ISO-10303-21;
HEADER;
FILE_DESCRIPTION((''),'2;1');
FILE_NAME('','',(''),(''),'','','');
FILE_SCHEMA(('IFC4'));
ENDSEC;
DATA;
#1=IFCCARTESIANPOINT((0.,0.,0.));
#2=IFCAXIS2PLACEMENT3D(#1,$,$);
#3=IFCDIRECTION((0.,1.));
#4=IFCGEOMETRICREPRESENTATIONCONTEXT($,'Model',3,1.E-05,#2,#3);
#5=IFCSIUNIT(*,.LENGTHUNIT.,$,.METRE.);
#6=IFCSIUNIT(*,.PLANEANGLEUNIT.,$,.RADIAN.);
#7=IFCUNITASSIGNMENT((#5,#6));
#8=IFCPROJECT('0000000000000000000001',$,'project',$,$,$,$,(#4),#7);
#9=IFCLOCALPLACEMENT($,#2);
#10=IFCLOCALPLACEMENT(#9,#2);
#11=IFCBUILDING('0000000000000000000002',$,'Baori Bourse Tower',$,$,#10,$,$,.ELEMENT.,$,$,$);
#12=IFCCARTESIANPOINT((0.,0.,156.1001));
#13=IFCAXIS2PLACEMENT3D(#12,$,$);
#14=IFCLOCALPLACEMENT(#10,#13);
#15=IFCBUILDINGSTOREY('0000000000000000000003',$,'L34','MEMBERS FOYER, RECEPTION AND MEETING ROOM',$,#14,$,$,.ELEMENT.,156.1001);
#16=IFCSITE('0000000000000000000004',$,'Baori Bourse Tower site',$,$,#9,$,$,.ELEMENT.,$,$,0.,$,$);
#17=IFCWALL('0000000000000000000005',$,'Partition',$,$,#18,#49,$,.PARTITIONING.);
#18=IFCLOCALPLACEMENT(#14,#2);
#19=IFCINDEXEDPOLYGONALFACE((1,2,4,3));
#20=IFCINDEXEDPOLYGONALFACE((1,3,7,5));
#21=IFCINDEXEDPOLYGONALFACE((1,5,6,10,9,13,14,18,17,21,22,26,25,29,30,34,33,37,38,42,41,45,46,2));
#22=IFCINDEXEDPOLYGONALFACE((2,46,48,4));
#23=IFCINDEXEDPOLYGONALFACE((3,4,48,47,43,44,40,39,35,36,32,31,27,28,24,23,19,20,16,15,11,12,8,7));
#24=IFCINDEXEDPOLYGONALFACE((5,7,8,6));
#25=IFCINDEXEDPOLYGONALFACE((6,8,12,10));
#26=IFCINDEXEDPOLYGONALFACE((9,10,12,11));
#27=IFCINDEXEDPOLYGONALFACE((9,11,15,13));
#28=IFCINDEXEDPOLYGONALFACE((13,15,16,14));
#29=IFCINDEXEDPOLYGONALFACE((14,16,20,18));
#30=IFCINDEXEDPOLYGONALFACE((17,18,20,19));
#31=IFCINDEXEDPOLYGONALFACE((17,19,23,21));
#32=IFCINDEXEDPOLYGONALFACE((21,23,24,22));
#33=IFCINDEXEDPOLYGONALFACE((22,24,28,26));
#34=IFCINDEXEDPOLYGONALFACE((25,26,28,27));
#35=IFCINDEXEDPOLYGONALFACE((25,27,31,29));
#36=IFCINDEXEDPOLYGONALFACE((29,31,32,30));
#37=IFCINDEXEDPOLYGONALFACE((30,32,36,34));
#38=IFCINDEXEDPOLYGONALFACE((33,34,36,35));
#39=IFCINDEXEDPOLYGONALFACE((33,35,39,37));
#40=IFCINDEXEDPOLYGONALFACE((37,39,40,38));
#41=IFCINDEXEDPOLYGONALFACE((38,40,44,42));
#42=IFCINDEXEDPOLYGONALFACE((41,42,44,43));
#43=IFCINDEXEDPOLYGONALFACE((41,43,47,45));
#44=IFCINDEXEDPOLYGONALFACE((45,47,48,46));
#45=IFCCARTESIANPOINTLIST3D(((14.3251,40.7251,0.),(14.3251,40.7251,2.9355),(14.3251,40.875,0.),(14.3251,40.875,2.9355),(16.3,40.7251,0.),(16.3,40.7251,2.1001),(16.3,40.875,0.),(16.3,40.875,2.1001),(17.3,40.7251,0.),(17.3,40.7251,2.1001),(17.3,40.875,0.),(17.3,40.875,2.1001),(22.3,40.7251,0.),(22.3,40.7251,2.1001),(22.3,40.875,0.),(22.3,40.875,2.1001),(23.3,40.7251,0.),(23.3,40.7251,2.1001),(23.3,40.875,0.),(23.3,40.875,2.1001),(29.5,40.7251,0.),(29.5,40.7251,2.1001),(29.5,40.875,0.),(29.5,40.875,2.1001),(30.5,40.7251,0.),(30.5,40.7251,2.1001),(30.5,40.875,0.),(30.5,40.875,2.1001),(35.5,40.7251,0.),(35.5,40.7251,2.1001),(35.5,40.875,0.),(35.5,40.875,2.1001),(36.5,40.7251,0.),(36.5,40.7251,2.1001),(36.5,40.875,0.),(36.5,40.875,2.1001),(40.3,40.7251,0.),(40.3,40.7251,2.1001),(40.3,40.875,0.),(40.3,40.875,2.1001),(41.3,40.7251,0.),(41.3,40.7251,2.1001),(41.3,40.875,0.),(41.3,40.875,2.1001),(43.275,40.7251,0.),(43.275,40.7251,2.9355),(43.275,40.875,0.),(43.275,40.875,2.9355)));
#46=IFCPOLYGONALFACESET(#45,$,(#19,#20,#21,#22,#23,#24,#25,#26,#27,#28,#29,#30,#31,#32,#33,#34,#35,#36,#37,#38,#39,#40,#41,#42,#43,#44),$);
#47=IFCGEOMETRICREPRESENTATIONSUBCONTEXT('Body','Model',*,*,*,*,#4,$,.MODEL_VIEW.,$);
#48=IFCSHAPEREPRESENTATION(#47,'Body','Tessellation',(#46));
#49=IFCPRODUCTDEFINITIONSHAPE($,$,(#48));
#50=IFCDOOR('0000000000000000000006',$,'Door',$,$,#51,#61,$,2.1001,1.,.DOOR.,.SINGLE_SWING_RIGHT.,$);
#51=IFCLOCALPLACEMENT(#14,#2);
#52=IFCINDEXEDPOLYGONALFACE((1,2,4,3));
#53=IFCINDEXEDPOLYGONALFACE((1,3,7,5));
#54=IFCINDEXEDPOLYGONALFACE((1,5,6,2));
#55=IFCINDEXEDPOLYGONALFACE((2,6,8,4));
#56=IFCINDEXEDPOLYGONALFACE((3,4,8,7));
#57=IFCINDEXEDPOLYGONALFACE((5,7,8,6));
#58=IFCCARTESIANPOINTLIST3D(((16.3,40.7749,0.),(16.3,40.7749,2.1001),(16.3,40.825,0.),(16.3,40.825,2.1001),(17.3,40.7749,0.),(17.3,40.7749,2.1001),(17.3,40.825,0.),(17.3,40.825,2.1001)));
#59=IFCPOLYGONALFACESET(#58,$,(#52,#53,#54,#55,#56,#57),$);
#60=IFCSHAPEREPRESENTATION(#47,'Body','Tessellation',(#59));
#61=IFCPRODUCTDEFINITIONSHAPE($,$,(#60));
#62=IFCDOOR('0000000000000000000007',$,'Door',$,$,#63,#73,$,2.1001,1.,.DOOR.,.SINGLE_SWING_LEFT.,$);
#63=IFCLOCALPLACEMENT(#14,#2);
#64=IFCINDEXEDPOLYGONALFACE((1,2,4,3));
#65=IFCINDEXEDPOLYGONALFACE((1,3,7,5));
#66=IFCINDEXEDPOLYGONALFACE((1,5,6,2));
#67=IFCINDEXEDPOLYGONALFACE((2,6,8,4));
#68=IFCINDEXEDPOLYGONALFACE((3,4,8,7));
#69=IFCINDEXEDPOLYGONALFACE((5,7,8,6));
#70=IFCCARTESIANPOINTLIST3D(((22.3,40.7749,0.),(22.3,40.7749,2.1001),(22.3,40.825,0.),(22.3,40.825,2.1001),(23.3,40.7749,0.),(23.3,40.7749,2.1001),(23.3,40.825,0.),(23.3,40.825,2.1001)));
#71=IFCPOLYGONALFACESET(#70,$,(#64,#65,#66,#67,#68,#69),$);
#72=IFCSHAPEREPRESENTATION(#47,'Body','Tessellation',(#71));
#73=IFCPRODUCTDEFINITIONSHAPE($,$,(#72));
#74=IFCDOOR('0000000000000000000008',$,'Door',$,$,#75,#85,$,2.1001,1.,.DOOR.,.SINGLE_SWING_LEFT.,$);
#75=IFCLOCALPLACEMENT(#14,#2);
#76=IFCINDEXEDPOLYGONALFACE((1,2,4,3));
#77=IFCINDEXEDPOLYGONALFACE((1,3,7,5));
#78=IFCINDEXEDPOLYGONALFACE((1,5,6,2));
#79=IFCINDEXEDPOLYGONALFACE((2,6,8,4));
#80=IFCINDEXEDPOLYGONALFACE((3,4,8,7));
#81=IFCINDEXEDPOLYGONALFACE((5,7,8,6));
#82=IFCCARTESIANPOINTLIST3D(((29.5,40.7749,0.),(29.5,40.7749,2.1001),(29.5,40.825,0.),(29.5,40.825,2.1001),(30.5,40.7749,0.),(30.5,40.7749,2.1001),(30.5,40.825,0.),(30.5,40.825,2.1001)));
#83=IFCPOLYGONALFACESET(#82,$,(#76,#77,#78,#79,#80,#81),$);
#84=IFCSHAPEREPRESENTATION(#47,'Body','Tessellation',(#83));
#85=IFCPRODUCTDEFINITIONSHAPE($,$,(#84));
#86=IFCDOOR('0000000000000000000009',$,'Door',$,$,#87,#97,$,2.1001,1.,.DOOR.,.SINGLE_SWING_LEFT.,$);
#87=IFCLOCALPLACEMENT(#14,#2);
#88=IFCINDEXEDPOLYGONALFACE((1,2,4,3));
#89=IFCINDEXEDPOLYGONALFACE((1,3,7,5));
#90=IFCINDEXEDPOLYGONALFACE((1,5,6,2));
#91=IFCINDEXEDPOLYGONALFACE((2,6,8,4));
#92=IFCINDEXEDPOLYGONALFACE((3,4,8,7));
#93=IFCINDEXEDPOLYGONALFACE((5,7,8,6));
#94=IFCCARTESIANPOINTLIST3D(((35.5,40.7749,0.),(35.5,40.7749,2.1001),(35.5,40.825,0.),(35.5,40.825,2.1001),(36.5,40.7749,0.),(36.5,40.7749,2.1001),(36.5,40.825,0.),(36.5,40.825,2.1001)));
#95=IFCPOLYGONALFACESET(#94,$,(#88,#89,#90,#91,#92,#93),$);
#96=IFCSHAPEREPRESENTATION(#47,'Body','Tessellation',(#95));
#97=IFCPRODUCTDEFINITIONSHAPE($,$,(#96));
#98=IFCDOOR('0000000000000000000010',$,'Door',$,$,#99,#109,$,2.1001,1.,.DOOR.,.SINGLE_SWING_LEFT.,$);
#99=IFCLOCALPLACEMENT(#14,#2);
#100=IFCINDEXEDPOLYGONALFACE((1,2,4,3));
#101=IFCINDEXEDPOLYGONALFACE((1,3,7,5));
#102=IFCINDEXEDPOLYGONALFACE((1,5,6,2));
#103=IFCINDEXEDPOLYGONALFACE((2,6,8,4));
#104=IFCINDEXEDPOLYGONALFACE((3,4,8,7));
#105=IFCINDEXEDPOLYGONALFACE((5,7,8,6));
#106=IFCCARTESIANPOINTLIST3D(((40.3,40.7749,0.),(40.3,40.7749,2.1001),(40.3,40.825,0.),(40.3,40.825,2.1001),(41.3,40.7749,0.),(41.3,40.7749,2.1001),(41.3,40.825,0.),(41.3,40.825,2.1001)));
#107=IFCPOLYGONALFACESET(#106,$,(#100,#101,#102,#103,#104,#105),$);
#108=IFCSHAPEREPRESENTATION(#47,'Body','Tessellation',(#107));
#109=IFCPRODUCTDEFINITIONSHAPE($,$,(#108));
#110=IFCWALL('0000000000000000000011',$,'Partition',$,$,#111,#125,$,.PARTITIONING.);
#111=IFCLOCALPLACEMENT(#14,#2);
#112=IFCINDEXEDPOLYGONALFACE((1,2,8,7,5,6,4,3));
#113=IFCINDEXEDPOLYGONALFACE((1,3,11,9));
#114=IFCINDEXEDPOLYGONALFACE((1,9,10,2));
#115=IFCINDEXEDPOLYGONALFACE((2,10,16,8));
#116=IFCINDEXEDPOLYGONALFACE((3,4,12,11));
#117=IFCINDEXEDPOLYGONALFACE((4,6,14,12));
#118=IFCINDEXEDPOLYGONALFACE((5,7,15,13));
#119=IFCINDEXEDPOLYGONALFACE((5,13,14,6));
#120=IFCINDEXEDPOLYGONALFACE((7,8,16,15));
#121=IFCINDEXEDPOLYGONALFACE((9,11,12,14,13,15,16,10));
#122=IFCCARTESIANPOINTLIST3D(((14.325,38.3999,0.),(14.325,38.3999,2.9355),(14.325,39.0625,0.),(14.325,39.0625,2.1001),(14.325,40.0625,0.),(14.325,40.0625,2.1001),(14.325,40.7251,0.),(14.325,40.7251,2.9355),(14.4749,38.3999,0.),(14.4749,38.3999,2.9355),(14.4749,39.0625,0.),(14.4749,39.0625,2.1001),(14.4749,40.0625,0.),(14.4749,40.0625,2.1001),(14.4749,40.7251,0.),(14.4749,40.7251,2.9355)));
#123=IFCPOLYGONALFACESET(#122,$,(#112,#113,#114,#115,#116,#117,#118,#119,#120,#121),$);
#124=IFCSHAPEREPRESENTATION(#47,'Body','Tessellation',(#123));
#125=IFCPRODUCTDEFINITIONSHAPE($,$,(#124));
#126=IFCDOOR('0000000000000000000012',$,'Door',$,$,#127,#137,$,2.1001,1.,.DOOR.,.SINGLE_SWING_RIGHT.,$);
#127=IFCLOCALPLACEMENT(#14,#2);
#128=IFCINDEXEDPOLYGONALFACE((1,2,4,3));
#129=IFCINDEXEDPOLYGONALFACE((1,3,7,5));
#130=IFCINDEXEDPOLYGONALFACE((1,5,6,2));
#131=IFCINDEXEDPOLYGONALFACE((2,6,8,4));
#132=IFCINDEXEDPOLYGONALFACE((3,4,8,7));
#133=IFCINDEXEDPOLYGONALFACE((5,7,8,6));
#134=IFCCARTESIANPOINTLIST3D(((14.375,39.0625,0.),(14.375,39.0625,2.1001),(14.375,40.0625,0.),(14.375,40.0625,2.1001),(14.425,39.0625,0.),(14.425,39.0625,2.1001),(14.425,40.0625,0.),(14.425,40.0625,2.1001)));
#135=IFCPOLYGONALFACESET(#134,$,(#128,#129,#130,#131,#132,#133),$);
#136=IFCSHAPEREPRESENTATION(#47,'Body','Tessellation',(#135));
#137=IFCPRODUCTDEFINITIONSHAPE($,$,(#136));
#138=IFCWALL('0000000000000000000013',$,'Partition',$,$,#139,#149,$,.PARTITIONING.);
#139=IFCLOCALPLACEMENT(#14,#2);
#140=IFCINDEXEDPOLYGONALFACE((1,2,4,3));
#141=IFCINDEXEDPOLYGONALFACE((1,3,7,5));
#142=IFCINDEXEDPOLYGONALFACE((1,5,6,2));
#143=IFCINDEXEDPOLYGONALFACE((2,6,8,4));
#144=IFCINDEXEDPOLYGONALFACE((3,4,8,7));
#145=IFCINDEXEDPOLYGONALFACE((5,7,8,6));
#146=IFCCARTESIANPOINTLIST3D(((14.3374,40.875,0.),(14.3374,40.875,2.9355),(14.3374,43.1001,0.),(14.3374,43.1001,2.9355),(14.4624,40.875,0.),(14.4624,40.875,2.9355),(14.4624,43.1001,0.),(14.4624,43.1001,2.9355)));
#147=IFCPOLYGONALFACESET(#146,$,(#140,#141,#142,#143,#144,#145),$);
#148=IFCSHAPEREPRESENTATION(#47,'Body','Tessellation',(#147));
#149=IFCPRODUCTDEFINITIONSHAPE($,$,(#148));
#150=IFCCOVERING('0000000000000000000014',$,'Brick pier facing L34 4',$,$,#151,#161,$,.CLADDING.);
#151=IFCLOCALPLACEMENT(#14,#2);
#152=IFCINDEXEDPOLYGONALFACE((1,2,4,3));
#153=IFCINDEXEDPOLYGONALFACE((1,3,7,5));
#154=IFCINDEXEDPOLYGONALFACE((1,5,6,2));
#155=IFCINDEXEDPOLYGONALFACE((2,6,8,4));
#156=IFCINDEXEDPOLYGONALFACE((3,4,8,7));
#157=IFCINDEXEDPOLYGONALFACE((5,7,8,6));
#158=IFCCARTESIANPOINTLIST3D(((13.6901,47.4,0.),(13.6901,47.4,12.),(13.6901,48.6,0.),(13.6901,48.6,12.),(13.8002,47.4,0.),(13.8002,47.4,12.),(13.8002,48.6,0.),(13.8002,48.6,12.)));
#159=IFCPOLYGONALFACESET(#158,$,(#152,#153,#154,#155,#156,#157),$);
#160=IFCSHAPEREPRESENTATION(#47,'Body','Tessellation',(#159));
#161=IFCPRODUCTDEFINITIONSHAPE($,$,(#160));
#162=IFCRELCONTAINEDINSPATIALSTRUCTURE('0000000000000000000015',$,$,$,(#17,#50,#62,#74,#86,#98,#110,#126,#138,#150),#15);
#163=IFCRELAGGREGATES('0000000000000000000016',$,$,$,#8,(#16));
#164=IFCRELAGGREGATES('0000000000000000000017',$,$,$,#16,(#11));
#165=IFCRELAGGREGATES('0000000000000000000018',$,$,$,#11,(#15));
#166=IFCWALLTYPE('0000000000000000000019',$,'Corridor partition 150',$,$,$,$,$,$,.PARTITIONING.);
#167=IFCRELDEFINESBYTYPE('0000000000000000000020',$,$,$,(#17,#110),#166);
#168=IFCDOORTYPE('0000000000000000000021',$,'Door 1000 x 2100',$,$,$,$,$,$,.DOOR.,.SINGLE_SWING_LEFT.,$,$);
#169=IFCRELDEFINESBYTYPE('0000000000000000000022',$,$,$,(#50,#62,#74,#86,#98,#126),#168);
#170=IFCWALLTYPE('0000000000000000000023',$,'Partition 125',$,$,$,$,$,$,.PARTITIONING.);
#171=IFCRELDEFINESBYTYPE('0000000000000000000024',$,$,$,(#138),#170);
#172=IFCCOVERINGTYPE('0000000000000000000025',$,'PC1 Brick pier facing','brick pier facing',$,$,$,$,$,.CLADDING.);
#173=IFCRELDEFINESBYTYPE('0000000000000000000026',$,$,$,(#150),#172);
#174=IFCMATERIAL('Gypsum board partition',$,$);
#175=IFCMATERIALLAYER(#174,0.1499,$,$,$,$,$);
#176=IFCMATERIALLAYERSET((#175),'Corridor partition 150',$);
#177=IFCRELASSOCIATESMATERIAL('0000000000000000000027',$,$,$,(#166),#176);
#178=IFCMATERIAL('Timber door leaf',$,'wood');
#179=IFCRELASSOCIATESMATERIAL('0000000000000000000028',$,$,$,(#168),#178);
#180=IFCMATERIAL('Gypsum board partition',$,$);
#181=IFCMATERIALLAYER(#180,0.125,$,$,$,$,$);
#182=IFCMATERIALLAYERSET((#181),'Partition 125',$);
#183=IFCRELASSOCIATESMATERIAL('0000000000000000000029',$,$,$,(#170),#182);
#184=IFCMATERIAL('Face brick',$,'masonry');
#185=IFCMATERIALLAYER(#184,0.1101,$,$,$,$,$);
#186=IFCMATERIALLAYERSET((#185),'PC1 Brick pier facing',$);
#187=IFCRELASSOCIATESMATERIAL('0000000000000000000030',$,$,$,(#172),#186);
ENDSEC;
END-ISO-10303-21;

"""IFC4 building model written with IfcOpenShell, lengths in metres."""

from ifc_helpers import new_model, si_unit, direction, frame, frame_2d, origin, origin_2d, place, context, subcontext, project, spatial, rectangle, extrude, material, layer, layer_set, type_object, element, fill, save


model = new_model("IFC4")

# Units and contexts
model_context = context("Model", 3, precision=1e-05, world=origin(), true_north=direction((0.0, 1.0)))
body_context = subcontext(model_context, "Body", "Model", "MODEL_VIEW")
ifc_project = project(units=[si_unit("LENGTHUNIT", "METRE"), si_unit("PLANEANGLEUNIT", "RADIAN")], contexts=[model_context])

# Site, building, storey
site_placement = place(None, origin())
site = spatial("IfcSite", under=ifc_project, at=site_placement, Name="Baori Bourse Tower site", CompositionType="ELEMENT", RefElevation=0.0)
building_placement = place(site_placement, origin())
building = spatial("IfcBuilding", under=site, at=building_placement, Name="Baori Bourse Tower", CompositionType="ELEMENT")
storey_placement = place(building_placement, frame((0.0, 0.0, 156.1001)))
storey = spatial("IfcBuildingStorey", under=building, at=storey_placement, Name="L34", Description="MEMBERS FOYER, RECEPTION AND MEETING ROOM", CompositionType="ELEMENT", Elevation=156.1001)

# Wall, openings, doors
ifc_material_1 = material(Name="Gypsum board partition")
ifc_layer_1 = layer(ifc_material_1, 0.1499)
ifc_layer_set_1 = layer_set([ifc_layer_1], Name="Corridor partition 150")
wall_type_1 = type_object("IfcWallType", Name="Corridor partition 150", PredefinedType="PARTITIONING", material=ifc_layer_set_1)
wall_1_placement = place(storey_placement, frame((14.325, 40.8, 0.0), z_axis=(0.0, 0.0, 1.0), x_axis=(1.0, 0.0, 0.0)))
wall_1 = element("IfcWall", 1, at=wall_1_placement, inside=storey, type_object=wall_type_1, Name="Partition", PredefinedType="PARTITIONING", context=body_context, shape_type="SweptSolid", body=[
    extrude(rectangle(XDim=28.95, YDim=0.1499, at=frame_2d((14.4751, 0.0))), origin(), (0.0, 0.0, 1.0), 2.9355),
])
opening_1_placement = place(wall_1_placement, frame((1.9751, 0.0, 0.0)))
opening_1 = element("IfcOpeningElement", 2, at=opening_1_placement, cuts=wall_1, PredefinedType="OPENING", context=body_context, shape_type="SweptSolid", body=[
    extrude(rectangle(XDim=1.0, YDim=2.1001, at=frame_2d((0.5, 1.05))), frame((0.0, 0.085, 0.0), z_axis=(0.0, -1.0, 0.0), x_axis=(1.0, 0.0, 0.0)), (0.0, 0.0, 1.0), 0.1699),
])
opening_2_placement = place(wall_1_placement, frame((7.9751, 0.0, 0.0)))
opening_2 = element("IfcOpeningElement", 3, at=opening_2_placement, cuts=wall_1, PredefinedType="OPENING", context=body_context, shape_type="SweptSolid", body=[
    extrude(rectangle(XDim=1.0, YDim=2.1001, at=frame_2d((0.5, 1.05))), frame((0.0, 0.085, 0.0), z_axis=(0.0, -1.0, 0.0), x_axis=(1.0, 0.0, 0.0)), (0.0, 0.0, 1.0), 0.1699),
])
opening_3_placement = place(wall_1_placement, frame((15.175, 0.0, 0.0)))
opening_3 = element("IfcOpeningElement", 4, at=opening_3_placement, cuts=wall_1, PredefinedType="OPENING", context=body_context, shape_type="SweptSolid", body=[
    extrude(rectangle(XDim=1.0, YDim=2.1001, at=frame_2d((0.5, 1.05))), frame((0.0, 0.085, 0.0), z_axis=(0.0, -1.0, 0.0), x_axis=(1.0, 0.0, 0.0)), (0.0, 0.0, 1.0), 0.1699),
])
opening_4_placement = place(wall_1_placement, frame((21.175, 0.0, 0.0)))
opening_4 = element("IfcOpeningElement", 5, at=opening_4_placement, cuts=wall_1, PredefinedType="OPENING", context=body_context, shape_type="SweptSolid", body=[
    extrude(rectangle(XDim=1.0, YDim=2.1001, at=frame_2d((0.5, 1.05))), frame((0.0, 0.085, 0.0), z_axis=(0.0, -1.0, 0.0), x_axis=(1.0, 0.0, 0.0)), (0.0, 0.0, 1.0), 0.1699),
])
opening_5_placement = place(wall_1_placement, frame((25.9751, 0.0, 0.0)))
opening_5 = element("IfcOpeningElement", 6, at=opening_5_placement, cuts=wall_1, PredefinedType="OPENING", context=body_context, shape_type="SweptSolid", body=[
    extrude(rectangle(XDim=1.0, YDim=2.1001, at=frame_2d((0.5, 1.05))), frame((0.0, 0.085, 0.0), z_axis=(0.0, -1.0, 0.0), x_axis=(1.0, 0.0, 0.0)), (0.0, 0.0, 1.0), 0.1699),
])
ifc_material_2 = material(Name="Timber door leaf", Category="wood")
door_type = type_object("IfcDoorType", Name="Door 1000 x 2100", OperationType="SINGLE_SWING_LEFT", PredefinedType="DOOR", material=ifc_material_2)
door_1_placement = place(opening_1_placement, origin())
door_1 = element("IfcDoor", 7, at=door_1_placement, inside=storey, type_object=door_type, Name="Door", OperationType="SINGLE_SWING_RIGHT", OverallHeight=2.1001, OverallWidth=1.0, PredefinedType="DOOR", context=body_context, shape_type="SweptSolid", body=[
    extrude(rectangle(XDim=1.0, YDim=2.1001, at=frame_2d((0.5, 1.05))), frame((0.0, 0.0249, 0.0), z_axis=(0.0, -1.0, 0.0), x_axis=(1.0, 0.0, 0.0)), (0.0, 0.0, 1.0), 0.05),
])
fill(opening_1, door_1)
door_2_placement = place(opening_2_placement, origin())
door_2 = element("IfcDoor", 8, at=door_2_placement, inside=storey, type_object=door_type, Name="Door", OperationType="SINGLE_SWING_LEFT", OverallHeight=2.1001, OverallWidth=1.0, PredefinedType="DOOR", context=body_context, shape_type="SweptSolid", body=[
    extrude(rectangle(XDim=1.0, YDim=2.1001, at=frame_2d((0.5, 1.05))), frame((0.0, 0.0249, 0.0), z_axis=(0.0, -1.0, 0.0), x_axis=(1.0, 0.0, 0.0)), (0.0, 0.0, 1.0), 0.05),
])
fill(opening_2, door_2)
door_3_placement = place(opening_3_placement, origin())
door_3 = element("IfcDoor", 9, at=door_3_placement, inside=storey, type_object=door_type, Name="Door", OperationType="SINGLE_SWING_LEFT", OverallHeight=2.1001, OverallWidth=1.0, PredefinedType="DOOR", context=body_context, shape_type="SweptSolid", body=[
    extrude(rectangle(XDim=1.0, YDim=2.1001, at=frame_2d((0.5, 1.05))), frame((0.0, 0.0249, 0.0), z_axis=(0.0, -1.0, 0.0), x_axis=(1.0, 0.0, 0.0)), (0.0, 0.0, 1.0), 0.05),
])
fill(opening_3, door_3)
door_4_placement = place(opening_4_placement, origin())
door_4 = element("IfcDoor", 10, at=door_4_placement, inside=storey, type_object=door_type, Name="Door", OperationType="SINGLE_SWING_LEFT", OverallHeight=2.1001, OverallWidth=1.0, PredefinedType="DOOR", context=body_context, shape_type="SweptSolid", body=[
    extrude(rectangle(XDim=1.0, YDim=2.1001, at=frame_2d((0.5, 1.05))), frame((0.0, 0.0249, 0.0), z_axis=(0.0, -1.0, 0.0), x_axis=(1.0, 0.0, 0.0)), (0.0, 0.0, 1.0), 0.05),
])
fill(opening_4, door_4)
door_5_placement = place(opening_5_placement, origin())
door_5 = element("IfcDoor", 11, at=door_5_placement, inside=storey, type_object=door_type, Name="Door", OperationType="SINGLE_SWING_LEFT", OverallHeight=2.1001, OverallWidth=1.0, PredefinedType="DOOR", context=body_context, shape_type="SweptSolid", body=[
    extrude(rectangle(XDim=1.0, YDim=2.1001, at=frame_2d((0.5, 1.05))), frame((0.0, 0.0249, 0.0), z_axis=(0.0, -1.0, 0.0), x_axis=(1.0, 0.0, 0.0)), (0.0, 0.0, 1.0), 0.05),
])
fill(opening_5, door_5)

# Wall, opening, door
wall_2_placement = place(storey_placement, frame((14.3999, 38.3999, 0.0), z_axis=(0.0, 0.0, 1.0), x_axis=(0.0, 1.0, 0.0)))
wall_2 = element("IfcWall", 12, at=wall_2_placement, inside=storey, type_object=wall_type_1, Name="Partition", PredefinedType="PARTITIONING", context=body_context, shape_type="SweptSolid", body=[
    extrude(rectangle(XDim=2.3252, YDim=0.1499, at=frame_2d((1.1626, 0.0))), origin(), (0.0, 0.0, 1.0), 2.9355),
])
opening_6_placement = place(wall_2_placement, frame((0.6626, 0.0, 0.0)))
opening_6 = element("IfcOpeningElement", 13, at=opening_6_placement, cuts=wall_2, PredefinedType="OPENING", context=body_context, shape_type="SweptSolid", body=[
    extrude(rectangle(XDim=1.0, YDim=2.1001, at=frame_2d((0.5, 1.05))), frame((0.0, 0.085, 0.0), z_axis=(0.0, -1.0, 0.0), x_axis=(1.0, 0.0, 0.0)), (0.0, 0.0, 1.0), 0.1699),
])
door_6_placement = place(opening_6_placement, origin())
door_6 = element("IfcDoor", 14, at=door_6_placement, inside=storey, type_object=door_type, Name="Door", OperationType="SINGLE_SWING_RIGHT", OverallHeight=2.1001, OverallWidth=1.0, PredefinedType="DOOR", context=body_context, shape_type="SweptSolid", body=[
    extrude(rectangle(XDim=1.0, YDim=2.1001, at=frame_2d((0.5, 1.05))), frame((0.0, 0.0249, 0.0), z_axis=(0.0, -1.0, 0.0), x_axis=(1.0, 0.0, 0.0)), (0.0, 0.0, 1.0), 0.05),
])
fill(opening_6, door_6)

# Wall
ifc_material_3 = material(Name="Gypsum board partition")
ifc_layer_2 = layer(ifc_material_3, 0.125)
ifc_layer_set_2 = layer_set([ifc_layer_2], Name="Partition 125")
wall_type_2 = type_object("IfcWallType", Name="Partition 125", PredefinedType="PARTITIONING", material=ifc_layer_set_2)
wall_3_placement = place(storey_placement, frame((14.3999, 40.875, 0.0), z_axis=(0.0, 0.0, 1.0), x_axis=(0.0, 1.0, 0.0)))
element("IfcWall", 15, at=wall_3_placement, inside=storey, type_object=wall_type_2, Name="Partition", PredefinedType="PARTITIONING", context=body_context, shape_type="SweptSolid", body=[
    extrude(rectangle(XDim=2.2251, YDim=0.125, at=frame_2d((1.1125, 0.0))), origin(), (0.0, 0.0, 1.0), 2.9355),
])

# Covering
ifc_material_4 = material(Name="Face brick", Category="masonry")
ifc_layer_3 = layer(ifc_material_4, 0.1101)
ifc_layer_set_3 = layer_set([ifc_layer_3], Name="PC1 Brick pier facing")
covering_type = type_object("IfcCoveringType", Name="PC1 Brick pier facing", Description="brick pier facing", PredefinedType="CLADDING", material=ifc_layer_set_3)
covering_placement = place(storey_placement, frame((13.7451, 48.0, 0.0), z_axis=(0.0, 0.0, 1.0), x_axis=(1.0, 0.0, 0.0)))
element("IfcCovering", 16, at=covering_placement, inside=storey, type_object=covering_type, Name="Brick pier facing L34 4", PredefinedType="CLADDING", context=body_context, shape_type="SweptSolid", body=[
    extrude(rectangle(XDim=0.1101, YDim=1.2, at=origin_2d()), origin(), (0.0, 0.0, 1.0), 12.0),
])

save(model, "model.ifc")
